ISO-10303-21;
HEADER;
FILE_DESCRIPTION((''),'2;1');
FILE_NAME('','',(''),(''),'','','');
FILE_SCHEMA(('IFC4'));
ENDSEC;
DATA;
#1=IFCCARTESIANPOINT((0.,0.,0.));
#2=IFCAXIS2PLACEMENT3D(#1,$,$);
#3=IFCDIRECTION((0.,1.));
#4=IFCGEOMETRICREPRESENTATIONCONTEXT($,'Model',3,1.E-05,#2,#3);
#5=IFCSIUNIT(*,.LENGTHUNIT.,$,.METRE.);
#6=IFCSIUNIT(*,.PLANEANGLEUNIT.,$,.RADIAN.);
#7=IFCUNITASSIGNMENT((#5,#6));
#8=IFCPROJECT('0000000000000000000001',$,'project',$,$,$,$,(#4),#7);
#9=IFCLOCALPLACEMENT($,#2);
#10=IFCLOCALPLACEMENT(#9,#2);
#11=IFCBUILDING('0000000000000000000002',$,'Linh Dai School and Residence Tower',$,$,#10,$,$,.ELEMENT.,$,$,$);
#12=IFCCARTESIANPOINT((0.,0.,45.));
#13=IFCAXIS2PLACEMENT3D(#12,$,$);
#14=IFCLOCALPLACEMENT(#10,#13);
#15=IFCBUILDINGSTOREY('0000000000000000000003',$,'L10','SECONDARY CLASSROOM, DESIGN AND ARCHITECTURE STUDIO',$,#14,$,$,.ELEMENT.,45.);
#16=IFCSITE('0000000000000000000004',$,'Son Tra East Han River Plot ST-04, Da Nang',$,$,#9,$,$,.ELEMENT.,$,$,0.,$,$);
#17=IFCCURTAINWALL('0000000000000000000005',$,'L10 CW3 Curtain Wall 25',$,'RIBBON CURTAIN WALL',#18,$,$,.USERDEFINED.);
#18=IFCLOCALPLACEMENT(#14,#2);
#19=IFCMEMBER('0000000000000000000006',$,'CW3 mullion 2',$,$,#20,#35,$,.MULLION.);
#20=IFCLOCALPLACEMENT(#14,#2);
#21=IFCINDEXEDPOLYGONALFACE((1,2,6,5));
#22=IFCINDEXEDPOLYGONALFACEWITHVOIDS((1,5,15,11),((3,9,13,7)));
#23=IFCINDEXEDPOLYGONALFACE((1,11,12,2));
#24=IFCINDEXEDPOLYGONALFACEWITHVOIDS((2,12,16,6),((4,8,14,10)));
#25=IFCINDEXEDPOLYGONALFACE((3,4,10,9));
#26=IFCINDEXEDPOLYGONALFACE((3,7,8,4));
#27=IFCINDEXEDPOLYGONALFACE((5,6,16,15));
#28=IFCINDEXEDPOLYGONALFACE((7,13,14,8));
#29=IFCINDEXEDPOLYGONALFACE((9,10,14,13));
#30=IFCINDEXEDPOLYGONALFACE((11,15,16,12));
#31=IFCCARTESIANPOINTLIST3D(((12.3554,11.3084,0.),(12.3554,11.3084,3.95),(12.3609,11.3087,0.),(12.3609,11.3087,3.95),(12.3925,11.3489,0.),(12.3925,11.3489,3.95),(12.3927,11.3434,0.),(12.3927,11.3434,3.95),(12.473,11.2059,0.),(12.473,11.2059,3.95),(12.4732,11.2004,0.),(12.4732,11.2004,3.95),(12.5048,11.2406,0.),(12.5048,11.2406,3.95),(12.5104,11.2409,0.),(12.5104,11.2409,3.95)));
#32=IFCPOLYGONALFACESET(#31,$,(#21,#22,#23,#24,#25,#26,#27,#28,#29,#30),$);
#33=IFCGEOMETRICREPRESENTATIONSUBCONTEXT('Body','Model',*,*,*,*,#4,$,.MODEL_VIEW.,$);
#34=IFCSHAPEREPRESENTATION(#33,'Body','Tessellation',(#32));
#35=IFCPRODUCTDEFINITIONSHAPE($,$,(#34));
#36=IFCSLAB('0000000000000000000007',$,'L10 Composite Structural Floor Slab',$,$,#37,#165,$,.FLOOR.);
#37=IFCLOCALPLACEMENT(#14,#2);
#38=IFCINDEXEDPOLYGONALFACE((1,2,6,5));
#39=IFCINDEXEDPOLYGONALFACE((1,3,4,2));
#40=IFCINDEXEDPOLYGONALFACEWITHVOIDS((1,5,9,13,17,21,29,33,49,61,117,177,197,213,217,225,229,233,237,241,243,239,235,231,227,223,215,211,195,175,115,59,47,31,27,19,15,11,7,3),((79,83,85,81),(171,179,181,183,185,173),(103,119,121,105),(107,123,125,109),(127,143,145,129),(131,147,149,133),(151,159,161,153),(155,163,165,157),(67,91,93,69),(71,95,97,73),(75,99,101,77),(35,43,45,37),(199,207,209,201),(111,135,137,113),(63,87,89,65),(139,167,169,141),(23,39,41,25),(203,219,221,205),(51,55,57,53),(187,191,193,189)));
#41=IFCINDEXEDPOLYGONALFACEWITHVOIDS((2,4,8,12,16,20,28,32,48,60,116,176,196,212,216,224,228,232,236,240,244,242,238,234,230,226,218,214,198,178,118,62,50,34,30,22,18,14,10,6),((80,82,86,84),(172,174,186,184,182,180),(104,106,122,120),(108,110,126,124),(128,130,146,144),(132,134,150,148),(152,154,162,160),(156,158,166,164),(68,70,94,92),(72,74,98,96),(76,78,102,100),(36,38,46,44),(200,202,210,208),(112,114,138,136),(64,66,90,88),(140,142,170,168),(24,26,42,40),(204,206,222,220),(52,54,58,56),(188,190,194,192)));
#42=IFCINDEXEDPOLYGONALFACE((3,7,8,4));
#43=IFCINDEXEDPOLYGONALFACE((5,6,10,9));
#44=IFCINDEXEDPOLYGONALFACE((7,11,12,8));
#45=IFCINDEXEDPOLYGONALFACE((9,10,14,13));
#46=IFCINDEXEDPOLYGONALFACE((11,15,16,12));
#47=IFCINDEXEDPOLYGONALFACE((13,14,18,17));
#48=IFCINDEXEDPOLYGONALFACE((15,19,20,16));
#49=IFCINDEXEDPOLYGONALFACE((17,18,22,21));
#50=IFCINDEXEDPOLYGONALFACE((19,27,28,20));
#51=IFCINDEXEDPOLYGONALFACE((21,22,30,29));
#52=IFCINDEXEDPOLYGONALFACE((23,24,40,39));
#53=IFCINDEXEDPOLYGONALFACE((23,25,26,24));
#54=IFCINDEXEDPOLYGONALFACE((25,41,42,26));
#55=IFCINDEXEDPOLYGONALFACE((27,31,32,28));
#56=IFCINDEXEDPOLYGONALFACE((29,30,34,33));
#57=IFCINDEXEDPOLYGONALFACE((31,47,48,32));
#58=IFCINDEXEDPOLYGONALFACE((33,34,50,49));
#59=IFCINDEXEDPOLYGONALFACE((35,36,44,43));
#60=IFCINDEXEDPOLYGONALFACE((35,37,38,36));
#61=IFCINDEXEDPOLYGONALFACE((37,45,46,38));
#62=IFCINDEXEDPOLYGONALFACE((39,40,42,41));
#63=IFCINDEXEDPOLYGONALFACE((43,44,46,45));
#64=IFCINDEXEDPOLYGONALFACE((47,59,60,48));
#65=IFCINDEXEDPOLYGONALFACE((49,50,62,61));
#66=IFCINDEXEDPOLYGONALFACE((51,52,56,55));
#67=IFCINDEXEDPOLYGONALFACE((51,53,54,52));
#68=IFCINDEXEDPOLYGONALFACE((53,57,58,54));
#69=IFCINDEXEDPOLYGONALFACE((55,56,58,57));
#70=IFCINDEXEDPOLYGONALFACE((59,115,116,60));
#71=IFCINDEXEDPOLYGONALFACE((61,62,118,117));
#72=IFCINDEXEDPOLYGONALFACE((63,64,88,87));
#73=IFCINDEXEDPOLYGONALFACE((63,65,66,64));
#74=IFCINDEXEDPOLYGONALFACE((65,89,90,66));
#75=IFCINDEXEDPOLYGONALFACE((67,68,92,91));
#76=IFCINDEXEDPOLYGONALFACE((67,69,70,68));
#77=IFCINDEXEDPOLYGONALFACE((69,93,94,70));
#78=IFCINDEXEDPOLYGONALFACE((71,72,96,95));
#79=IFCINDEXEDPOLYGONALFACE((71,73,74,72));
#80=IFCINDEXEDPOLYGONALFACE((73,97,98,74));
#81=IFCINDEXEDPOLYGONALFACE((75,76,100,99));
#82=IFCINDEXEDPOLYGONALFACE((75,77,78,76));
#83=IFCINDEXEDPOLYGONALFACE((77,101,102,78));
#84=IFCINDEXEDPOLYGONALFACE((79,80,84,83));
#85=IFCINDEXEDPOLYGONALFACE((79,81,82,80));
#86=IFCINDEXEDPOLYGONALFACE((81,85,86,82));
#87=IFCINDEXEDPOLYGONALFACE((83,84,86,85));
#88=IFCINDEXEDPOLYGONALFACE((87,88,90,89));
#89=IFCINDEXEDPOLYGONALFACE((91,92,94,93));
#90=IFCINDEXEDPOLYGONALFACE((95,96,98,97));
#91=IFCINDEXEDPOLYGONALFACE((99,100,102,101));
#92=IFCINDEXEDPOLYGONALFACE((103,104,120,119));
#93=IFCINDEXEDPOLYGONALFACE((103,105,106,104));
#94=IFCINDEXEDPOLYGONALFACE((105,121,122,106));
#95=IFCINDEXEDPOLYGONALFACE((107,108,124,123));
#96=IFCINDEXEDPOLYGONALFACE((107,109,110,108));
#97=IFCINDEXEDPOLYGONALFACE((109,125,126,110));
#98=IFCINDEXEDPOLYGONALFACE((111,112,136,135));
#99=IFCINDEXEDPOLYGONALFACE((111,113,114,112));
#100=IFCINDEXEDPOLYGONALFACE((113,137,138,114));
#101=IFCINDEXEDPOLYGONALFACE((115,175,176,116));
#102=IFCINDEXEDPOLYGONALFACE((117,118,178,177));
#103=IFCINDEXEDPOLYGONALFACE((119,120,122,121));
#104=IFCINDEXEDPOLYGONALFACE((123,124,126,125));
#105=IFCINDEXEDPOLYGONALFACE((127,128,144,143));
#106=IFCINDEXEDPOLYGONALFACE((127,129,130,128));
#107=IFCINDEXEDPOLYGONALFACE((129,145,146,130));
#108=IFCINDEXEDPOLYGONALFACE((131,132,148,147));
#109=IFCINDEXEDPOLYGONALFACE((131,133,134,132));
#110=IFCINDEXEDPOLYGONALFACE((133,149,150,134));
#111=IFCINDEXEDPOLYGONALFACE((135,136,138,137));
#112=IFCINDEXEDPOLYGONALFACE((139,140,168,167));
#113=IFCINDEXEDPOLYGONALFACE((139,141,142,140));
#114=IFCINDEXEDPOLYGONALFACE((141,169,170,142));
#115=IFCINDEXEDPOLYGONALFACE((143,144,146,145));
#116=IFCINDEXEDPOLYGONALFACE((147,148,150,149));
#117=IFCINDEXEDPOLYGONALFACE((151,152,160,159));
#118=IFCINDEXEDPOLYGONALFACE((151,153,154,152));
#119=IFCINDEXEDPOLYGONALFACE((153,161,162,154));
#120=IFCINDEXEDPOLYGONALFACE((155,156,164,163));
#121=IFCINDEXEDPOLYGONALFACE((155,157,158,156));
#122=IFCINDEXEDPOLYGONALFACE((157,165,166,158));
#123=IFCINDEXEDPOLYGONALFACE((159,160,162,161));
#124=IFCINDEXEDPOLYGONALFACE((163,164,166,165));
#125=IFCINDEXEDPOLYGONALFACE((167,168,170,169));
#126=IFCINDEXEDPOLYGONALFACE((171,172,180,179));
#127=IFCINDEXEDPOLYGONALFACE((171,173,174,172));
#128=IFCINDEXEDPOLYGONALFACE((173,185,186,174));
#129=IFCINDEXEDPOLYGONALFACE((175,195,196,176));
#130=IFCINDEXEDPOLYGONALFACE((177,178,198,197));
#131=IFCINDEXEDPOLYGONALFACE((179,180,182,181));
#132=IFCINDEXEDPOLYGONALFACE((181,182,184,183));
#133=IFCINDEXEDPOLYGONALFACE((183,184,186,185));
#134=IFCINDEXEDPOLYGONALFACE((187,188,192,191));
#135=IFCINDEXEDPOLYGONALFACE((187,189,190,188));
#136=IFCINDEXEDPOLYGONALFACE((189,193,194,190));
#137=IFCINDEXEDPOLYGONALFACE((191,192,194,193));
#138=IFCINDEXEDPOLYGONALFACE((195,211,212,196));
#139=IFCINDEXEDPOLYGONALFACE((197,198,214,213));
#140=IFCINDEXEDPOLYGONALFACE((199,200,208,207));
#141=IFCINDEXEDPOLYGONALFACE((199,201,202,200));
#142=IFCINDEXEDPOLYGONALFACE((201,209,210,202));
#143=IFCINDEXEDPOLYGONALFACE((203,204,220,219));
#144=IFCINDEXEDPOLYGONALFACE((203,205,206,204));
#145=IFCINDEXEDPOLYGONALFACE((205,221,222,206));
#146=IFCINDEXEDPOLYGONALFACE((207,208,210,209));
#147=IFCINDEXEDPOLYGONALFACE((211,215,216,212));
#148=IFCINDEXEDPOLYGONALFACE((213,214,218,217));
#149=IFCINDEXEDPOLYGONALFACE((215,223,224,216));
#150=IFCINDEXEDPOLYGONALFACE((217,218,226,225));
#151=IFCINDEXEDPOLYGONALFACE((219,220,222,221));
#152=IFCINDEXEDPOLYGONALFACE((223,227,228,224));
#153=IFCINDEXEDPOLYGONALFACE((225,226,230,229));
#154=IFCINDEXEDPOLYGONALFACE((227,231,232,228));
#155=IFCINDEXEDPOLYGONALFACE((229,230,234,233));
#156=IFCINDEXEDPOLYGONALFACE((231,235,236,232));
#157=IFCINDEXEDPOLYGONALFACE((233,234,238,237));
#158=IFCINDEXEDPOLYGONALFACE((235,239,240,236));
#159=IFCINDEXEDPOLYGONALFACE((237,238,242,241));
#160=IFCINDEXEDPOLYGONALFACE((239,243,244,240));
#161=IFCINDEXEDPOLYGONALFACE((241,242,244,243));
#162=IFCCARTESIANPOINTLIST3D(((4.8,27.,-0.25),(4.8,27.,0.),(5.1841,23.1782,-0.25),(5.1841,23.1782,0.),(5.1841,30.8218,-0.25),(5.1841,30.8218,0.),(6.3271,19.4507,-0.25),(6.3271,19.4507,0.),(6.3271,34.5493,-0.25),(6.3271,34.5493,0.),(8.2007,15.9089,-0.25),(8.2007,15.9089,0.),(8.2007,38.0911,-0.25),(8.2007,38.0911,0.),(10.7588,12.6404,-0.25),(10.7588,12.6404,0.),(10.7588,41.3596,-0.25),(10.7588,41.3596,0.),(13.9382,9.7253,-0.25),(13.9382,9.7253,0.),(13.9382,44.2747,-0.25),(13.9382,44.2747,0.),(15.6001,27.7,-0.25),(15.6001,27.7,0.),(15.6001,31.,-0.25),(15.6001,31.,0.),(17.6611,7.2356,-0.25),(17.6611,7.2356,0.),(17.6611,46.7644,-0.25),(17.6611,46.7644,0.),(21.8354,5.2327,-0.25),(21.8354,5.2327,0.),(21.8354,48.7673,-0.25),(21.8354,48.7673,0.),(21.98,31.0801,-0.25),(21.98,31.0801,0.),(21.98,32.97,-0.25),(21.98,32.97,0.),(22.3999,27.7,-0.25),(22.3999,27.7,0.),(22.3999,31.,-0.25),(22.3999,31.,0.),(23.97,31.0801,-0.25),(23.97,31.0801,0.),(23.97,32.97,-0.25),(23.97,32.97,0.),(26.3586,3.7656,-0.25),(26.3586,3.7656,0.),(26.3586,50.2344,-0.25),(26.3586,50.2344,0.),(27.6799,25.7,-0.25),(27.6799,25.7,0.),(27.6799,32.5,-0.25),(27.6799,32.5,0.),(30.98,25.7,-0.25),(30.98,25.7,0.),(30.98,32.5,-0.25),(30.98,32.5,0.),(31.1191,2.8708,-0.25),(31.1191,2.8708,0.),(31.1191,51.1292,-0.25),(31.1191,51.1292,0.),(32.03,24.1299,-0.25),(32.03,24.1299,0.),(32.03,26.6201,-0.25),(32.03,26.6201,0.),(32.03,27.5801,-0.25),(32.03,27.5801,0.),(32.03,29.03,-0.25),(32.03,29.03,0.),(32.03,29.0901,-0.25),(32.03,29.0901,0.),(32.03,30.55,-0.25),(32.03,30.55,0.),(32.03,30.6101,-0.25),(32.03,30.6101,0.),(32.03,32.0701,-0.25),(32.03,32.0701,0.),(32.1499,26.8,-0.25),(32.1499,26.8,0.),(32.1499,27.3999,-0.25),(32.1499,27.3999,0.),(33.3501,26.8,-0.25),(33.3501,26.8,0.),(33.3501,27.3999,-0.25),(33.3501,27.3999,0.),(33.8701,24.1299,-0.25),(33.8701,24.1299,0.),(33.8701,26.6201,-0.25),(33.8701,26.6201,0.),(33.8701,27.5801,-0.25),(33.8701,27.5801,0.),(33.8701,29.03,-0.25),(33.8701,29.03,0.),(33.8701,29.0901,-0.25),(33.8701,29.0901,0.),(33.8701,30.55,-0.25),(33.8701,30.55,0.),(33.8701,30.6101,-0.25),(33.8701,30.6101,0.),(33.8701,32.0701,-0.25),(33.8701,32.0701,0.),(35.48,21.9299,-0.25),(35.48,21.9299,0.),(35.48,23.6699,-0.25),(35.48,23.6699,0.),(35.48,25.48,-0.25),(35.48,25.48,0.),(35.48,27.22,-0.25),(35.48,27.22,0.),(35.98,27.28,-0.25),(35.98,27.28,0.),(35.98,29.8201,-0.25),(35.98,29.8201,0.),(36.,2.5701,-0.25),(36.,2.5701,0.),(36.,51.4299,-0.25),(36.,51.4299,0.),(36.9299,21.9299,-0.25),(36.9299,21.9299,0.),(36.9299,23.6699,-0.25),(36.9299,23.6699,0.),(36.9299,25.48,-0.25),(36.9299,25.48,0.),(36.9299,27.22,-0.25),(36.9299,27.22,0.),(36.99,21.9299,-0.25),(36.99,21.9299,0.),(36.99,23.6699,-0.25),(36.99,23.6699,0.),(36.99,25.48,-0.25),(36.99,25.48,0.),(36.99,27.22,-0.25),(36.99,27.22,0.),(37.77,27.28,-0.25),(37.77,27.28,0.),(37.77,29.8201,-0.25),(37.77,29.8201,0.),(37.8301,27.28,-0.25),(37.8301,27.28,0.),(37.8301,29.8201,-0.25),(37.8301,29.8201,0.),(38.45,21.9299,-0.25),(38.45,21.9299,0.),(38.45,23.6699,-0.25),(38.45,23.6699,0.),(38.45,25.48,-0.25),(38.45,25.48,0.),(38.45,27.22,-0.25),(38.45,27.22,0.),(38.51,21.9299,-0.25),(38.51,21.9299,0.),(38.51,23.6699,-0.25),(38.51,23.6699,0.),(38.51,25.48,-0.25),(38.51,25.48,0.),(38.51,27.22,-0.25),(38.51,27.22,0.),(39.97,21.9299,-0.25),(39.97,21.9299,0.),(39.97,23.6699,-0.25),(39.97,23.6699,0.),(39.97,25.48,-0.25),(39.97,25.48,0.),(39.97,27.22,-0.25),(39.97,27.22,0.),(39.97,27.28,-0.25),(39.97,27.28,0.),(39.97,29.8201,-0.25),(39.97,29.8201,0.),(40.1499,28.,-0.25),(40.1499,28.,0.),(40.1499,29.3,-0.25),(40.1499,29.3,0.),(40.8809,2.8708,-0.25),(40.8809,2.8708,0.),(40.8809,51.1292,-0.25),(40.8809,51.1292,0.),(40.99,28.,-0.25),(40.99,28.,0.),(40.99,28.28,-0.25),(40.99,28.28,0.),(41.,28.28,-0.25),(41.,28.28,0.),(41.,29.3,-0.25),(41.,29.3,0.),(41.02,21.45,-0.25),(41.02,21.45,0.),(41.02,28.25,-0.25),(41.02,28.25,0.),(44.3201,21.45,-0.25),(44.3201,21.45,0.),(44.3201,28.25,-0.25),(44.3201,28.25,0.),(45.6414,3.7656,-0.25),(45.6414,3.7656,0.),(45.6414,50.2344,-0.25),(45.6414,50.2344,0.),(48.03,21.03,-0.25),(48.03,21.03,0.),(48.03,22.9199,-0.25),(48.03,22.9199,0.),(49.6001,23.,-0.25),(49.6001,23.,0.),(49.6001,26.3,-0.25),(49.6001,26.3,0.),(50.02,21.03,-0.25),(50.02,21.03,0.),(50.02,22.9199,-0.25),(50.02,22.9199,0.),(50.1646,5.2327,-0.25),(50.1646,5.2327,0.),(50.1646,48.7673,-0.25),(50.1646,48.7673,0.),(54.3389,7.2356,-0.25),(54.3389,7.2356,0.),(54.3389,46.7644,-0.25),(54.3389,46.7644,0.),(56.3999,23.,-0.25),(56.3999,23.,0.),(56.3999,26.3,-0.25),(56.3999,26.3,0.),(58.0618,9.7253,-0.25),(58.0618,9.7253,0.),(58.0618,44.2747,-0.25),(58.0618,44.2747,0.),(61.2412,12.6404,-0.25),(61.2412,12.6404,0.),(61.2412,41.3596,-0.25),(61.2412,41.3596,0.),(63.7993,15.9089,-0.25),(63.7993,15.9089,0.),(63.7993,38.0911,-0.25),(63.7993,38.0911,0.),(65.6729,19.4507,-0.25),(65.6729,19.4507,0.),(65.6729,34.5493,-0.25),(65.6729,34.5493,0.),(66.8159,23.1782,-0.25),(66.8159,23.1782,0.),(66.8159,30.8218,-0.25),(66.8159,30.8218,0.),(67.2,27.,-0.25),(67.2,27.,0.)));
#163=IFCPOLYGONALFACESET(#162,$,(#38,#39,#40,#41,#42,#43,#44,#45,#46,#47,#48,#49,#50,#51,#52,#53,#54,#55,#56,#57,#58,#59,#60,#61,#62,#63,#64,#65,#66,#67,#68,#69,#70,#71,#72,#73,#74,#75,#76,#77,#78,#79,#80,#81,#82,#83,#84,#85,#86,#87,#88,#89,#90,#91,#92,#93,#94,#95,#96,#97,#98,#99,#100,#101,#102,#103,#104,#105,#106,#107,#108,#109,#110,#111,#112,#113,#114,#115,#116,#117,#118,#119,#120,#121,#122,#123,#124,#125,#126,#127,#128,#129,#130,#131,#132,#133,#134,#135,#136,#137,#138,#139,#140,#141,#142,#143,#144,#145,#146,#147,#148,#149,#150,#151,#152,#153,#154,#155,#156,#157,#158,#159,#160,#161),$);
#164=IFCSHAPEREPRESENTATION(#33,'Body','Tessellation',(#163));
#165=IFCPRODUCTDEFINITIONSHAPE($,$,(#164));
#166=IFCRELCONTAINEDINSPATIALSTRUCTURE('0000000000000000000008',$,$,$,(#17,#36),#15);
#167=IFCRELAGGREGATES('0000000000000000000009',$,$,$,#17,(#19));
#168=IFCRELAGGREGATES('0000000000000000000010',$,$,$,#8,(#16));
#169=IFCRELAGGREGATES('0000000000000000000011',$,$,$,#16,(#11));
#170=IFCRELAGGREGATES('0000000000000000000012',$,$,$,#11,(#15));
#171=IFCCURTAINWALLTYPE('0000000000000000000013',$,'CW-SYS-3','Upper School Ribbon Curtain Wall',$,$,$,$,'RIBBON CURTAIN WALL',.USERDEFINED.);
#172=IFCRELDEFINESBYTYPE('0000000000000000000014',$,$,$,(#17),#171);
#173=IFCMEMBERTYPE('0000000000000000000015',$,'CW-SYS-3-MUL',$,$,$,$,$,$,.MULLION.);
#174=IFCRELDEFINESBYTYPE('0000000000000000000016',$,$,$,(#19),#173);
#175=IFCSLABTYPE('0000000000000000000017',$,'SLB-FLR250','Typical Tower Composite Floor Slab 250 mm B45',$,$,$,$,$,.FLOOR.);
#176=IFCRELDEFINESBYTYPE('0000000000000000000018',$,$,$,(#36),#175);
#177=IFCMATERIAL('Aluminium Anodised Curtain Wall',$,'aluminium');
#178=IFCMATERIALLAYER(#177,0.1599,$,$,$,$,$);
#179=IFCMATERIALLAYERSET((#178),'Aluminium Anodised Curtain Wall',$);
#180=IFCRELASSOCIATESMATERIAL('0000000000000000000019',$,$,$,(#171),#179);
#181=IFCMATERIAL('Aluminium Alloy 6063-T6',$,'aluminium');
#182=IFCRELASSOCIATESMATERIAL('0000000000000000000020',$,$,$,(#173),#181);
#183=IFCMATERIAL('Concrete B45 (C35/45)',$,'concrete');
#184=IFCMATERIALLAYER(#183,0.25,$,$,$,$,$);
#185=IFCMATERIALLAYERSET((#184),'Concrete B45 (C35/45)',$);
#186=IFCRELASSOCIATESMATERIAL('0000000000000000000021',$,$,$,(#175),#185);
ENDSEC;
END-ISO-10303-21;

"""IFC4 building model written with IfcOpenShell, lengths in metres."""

from ifc_helpers import new_model, si_unit, direction, frame, origin, origin_2d, place, context, subcontext, project, spatial, polyline, hollow_rectangle, outline, extrude, source, transform, mapped, material, layer, layer_set, material_profile, profile_set, type_object, element, aggregate, save


model = new_model("IFC4")

# Units and contexts
model_context = context("Model", 3, precision=1e-05, world=origin(), true_north=direction((0.0, 1.0)))
body_context = subcontext(model_context, "Body", "Model", "MODEL_VIEW")
ifc_project = project(units=[si_unit("LENGTHUNIT", "METRE"), si_unit("PLANEANGLEUNIT", "RADIAN")], contexts=[model_context])

# Site, building, storey
site_placement = place(None, origin())
site = spatial("IfcSite", under=ifc_project, at=site_placement, Name="Son Tra East Han River Plot ST-04, Da Nang", CompositionType="ELEMENT", RefElevation=0.0)
building_placement = place(site_placement, origin())
building = spatial("IfcBuilding", under=site, at=building_placement, Name="Linh Dai School and Residence Tower", CompositionType="ELEMENT")
storey_placement = place(building_placement, frame((0.0, 0.0, 45.0)))
storey = spatial("IfcBuildingStorey", under=building, at=storey_placement, Name="L10", Description="SECONDARY CLASSROOM, DESIGN AND ARCHITECTURE STUDIO", CompositionType="ELEMENT", Elevation=45.0)

# Curtain wall, member
ifc_material_1 = material(Name="Aluminium Anodised Curtain Wall", Category="aluminium")
ifc_layer_1 = layer(ifc_material_1, 0.1599)
ifc_layer_set_1 = layer_set([ifc_layer_1], Name="Aluminium Anodised Curtain Wall")
curtain_wall_type = type_object("IfcCurtainWallType", Name="CW-SYS-3", Description="Upper School Ribbon Curtain Wall", ElementType="RIBBON CURTAIN WALL", PredefinedType="USERDEFINED", material=ifc_layer_set_1)
curtain_wall_placement = place(storey_placement, origin())
curtain_wall = element("IfcCurtainWall", 1, at=curtain_wall_placement, inside=storey, type_object=curtain_wall_type, Name="L10 CW3 Curtain Wall 25", ObjectType="RIBBON CURTAIN WALL", PredefinedType="USERDEFINED")
ifc_material_2 = material(Name="Aluminium Alloy 6063-T6", Category="aluminium")
ifc_material_profile_1 = material_profile(ifc_material_2, hollow_rectangle(XDim=0.0549, YDim=0.1599, WallThickness=0.0039, at=origin_2d()), Name="RHS 160x55x4")
ifc_profile_set_1 = profile_set([ifc_material_profile_1], Name="Aluminium Alloy 6063-T6")
member_type_1 = type_object("IfcMemberType", Name="CW-SYS-3-MUL", PredefinedType="MULLION", material=ifc_profile_set_1)
shared_shape_1 = source(origin(), body_context, "Body", "SweptSolid", [
    extrude(hollow_rectangle(XDim=0.0549, YDim=0.1599, WallThickness=0.0039, at=origin_2d()), origin(), (0.0, 0.0, 1.0), 3.95),
])
member_1_placement = place(storey_placement, frame((12.4329, 11.2747, 0.0), z_axis=(0.0, 0.0, 1.0), x_axis=(-0.675769, -0.737113, 0.0)))
member_1 = element("IfcMember", 2, at=member_1_placement, type_object=member_type_1, Name="CW3 mullion 2", PredefinedType="MULLION", context=body_context, shape_type="MappedRepresentation", body=[
    mapped(shared_shape_1, transform((0.0, 0.0, 0.0), x_axis=(1.0, 0.0, 0.0), y_axis=(0.0, 1.0, 0.0), z_axis=(0.0, 0.0, 1.0), scale=1.0)),
])

# Slab
ifc_material_3 = material(Name="Concrete B45 (C35/45)", Category="concrete")
ifc_layer_2 = layer(ifc_material_3, 0.25)
ifc_layer_set_2 = layer_set([ifc_layer_2], Name="Concrete B45 (C35/45)")
slab_type_1 = type_object("IfcSlabType", Name="SLB-FLR250", Description="Typical Tower Composite Floor Slab 250 mm B45", PredefinedType="FLOOR", material=ifc_layer_set_2)
slab_1_placement = place(storey_placement, frame((0.0, 0.0, -0.25)))
element("IfcSlab", 3, at=slab_1_placement, inside=storey, type_object=slab_type_1, Name="L10 Composite Structural Floor Slab", PredefinedType="FLOOR", context=body_context, shape_type="SweptSolid", body=[
    extrude(outline(polyline([(67.2, 27.0), (66.8159, 30.8218), (65.6729, 34.5493), (63.7993, 38.0911), (61.2412, 41.3596), (58.0618, 44.2747), (54.3389, 46.7644), (50.1646, 48.7673), (45.6414, 50.2344), (40.8809, 51.1292), (36.0, 51.4299), (31.1191, 51.1292), (26.3586, 50.2344), (21.8354, 48.7673), (17.6611, 46.7644), (13.9382, 44.2747), (10.7588, 41.3596), (8.2007, 38.0911), (6.3271, 34.5493), (5.1841, 30.8218), (4.8, 27.0), (5.1841, 23.1782), (6.3271, 19.4507), (8.2007, 15.9089), (10.7588, 12.6404), (13.9382, 9.7253), (17.6611, 7.2356), (21.8354, 5.2327), (26.3586, 3.7656), (31.1191, 2.8708), (36.0, 2.5701), (40.8809, 2.8708), (45.6414, 3.7656), (50.1646, 5.2327), (54.3389, 7.2356), (58.0618, 9.7253), (61.2412, 12.6404), (63.7993, 15.9089), (65.6729, 19.4507), (66.8159, 23.1782), (67.2, 27.0)]), holes=[polyline([(30.98, 25.7), (30.98, 32.5), (27.6799, 32.5), (27.6799, 25.7), (30.98, 25.7)]), polyline([(41.02, 28.25), (41.02, 21.45), (44.3201, 21.45), (44.3201, 28.25), (41.02, 28.25)]), polyline([(22.3999, 31.0), (15.6001, 31.0), (15.6001, 27.7), (22.3999, 27.7), (22.3999, 31.0)]), polyline([(49.6001, 23.0), (56.3999, 23.0), (56.3999, 26.3), (49.6001, 26.3), (49.6001, 23.0)]), polyline([(35.98, 27.28), (37.77, 27.28), (37.77, 29.8201), (35.98, 29.8201), (35.98, 27.28)]), polyline([(32.03, 24.1299), (33.8701, 24.1299), (33.8701, 26.6201), (32.03, 26.6201), (32.03, 24.1299)]), polyline([(37.8301, 27.28), (39.97, 27.28), (39.97, 29.8201), (37.8301, 29.8201), (37.8301, 27.28)]), polyline([(35.48, 21.9299), (36.9299, 21.9299), (36.9299, 23.6699), (35.48, 23.6699), (35.48, 21.9299)]), polyline([(36.99, 21.9299), (38.45, 21.9299), (38.45, 23.6699), (36.99, 23.6699), (36.99, 21.9299)]), polyline([(38.51, 21.9299), (39.97, 21.9299), (39.97, 23.6699), (38.51, 23.6699), (38.51, 21.9299)]), polyline([(32.03, 27.5801), (33.8701, 27.5801), (33.8701, 29.03), (32.03, 29.03), (32.03, 27.5801)]), polyline([(32.03, 29.0901), (33.8701, 29.0901), (33.8701, 30.55), (32.03, 30.55), (32.03, 29.0901)]), polyline([(32.03, 30.6101), (33.8701, 30.6101), (33.8701, 32.0701), (32.03, 32.0701), (32.03, 30.6101)]), polyline([(35.48, 25.48), (36.9299, 25.48), (36.9299, 27.22), (35.48, 27.22), (35.48, 25.48)]), polyline([(36.99, 25.48), (38.45, 25.48), (38.45, 27.22), (36.99, 27.22), (36.99, 25.48)]), polyline([(38.51, 25.48), (39.97, 25.48), (39.97, 27.22), (38.51, 27.22), (38.51, 25.48)]), polyline([(21.98, 31.0801), (23.97, 31.0801), (23.97, 32.97), (21.98, 32.97), (21.98, 31.0801)]), polyline([(48.03, 21.03), (50.02, 21.03), (50.02, 22.9199), (48.03, 22.9199), (48.03, 21.03)]), polyline([(40.1499, 28.0), (40.1499, 29.3), (41.0, 29.3), (41.0, 28.28), (40.99, 28.28), (40.99, 28.0), (40.1499, 28.0)]), polyline([(32.1499, 26.8), (33.3501, 26.8), (33.3501, 27.3999), (32.1499, 27.3999), (32.1499, 26.8)])]), origin(), (0.0, 0.0, 1.0), 0.25),
])

aggregate(curtain_wall, [member_1])

save(model, "model.ifc")
